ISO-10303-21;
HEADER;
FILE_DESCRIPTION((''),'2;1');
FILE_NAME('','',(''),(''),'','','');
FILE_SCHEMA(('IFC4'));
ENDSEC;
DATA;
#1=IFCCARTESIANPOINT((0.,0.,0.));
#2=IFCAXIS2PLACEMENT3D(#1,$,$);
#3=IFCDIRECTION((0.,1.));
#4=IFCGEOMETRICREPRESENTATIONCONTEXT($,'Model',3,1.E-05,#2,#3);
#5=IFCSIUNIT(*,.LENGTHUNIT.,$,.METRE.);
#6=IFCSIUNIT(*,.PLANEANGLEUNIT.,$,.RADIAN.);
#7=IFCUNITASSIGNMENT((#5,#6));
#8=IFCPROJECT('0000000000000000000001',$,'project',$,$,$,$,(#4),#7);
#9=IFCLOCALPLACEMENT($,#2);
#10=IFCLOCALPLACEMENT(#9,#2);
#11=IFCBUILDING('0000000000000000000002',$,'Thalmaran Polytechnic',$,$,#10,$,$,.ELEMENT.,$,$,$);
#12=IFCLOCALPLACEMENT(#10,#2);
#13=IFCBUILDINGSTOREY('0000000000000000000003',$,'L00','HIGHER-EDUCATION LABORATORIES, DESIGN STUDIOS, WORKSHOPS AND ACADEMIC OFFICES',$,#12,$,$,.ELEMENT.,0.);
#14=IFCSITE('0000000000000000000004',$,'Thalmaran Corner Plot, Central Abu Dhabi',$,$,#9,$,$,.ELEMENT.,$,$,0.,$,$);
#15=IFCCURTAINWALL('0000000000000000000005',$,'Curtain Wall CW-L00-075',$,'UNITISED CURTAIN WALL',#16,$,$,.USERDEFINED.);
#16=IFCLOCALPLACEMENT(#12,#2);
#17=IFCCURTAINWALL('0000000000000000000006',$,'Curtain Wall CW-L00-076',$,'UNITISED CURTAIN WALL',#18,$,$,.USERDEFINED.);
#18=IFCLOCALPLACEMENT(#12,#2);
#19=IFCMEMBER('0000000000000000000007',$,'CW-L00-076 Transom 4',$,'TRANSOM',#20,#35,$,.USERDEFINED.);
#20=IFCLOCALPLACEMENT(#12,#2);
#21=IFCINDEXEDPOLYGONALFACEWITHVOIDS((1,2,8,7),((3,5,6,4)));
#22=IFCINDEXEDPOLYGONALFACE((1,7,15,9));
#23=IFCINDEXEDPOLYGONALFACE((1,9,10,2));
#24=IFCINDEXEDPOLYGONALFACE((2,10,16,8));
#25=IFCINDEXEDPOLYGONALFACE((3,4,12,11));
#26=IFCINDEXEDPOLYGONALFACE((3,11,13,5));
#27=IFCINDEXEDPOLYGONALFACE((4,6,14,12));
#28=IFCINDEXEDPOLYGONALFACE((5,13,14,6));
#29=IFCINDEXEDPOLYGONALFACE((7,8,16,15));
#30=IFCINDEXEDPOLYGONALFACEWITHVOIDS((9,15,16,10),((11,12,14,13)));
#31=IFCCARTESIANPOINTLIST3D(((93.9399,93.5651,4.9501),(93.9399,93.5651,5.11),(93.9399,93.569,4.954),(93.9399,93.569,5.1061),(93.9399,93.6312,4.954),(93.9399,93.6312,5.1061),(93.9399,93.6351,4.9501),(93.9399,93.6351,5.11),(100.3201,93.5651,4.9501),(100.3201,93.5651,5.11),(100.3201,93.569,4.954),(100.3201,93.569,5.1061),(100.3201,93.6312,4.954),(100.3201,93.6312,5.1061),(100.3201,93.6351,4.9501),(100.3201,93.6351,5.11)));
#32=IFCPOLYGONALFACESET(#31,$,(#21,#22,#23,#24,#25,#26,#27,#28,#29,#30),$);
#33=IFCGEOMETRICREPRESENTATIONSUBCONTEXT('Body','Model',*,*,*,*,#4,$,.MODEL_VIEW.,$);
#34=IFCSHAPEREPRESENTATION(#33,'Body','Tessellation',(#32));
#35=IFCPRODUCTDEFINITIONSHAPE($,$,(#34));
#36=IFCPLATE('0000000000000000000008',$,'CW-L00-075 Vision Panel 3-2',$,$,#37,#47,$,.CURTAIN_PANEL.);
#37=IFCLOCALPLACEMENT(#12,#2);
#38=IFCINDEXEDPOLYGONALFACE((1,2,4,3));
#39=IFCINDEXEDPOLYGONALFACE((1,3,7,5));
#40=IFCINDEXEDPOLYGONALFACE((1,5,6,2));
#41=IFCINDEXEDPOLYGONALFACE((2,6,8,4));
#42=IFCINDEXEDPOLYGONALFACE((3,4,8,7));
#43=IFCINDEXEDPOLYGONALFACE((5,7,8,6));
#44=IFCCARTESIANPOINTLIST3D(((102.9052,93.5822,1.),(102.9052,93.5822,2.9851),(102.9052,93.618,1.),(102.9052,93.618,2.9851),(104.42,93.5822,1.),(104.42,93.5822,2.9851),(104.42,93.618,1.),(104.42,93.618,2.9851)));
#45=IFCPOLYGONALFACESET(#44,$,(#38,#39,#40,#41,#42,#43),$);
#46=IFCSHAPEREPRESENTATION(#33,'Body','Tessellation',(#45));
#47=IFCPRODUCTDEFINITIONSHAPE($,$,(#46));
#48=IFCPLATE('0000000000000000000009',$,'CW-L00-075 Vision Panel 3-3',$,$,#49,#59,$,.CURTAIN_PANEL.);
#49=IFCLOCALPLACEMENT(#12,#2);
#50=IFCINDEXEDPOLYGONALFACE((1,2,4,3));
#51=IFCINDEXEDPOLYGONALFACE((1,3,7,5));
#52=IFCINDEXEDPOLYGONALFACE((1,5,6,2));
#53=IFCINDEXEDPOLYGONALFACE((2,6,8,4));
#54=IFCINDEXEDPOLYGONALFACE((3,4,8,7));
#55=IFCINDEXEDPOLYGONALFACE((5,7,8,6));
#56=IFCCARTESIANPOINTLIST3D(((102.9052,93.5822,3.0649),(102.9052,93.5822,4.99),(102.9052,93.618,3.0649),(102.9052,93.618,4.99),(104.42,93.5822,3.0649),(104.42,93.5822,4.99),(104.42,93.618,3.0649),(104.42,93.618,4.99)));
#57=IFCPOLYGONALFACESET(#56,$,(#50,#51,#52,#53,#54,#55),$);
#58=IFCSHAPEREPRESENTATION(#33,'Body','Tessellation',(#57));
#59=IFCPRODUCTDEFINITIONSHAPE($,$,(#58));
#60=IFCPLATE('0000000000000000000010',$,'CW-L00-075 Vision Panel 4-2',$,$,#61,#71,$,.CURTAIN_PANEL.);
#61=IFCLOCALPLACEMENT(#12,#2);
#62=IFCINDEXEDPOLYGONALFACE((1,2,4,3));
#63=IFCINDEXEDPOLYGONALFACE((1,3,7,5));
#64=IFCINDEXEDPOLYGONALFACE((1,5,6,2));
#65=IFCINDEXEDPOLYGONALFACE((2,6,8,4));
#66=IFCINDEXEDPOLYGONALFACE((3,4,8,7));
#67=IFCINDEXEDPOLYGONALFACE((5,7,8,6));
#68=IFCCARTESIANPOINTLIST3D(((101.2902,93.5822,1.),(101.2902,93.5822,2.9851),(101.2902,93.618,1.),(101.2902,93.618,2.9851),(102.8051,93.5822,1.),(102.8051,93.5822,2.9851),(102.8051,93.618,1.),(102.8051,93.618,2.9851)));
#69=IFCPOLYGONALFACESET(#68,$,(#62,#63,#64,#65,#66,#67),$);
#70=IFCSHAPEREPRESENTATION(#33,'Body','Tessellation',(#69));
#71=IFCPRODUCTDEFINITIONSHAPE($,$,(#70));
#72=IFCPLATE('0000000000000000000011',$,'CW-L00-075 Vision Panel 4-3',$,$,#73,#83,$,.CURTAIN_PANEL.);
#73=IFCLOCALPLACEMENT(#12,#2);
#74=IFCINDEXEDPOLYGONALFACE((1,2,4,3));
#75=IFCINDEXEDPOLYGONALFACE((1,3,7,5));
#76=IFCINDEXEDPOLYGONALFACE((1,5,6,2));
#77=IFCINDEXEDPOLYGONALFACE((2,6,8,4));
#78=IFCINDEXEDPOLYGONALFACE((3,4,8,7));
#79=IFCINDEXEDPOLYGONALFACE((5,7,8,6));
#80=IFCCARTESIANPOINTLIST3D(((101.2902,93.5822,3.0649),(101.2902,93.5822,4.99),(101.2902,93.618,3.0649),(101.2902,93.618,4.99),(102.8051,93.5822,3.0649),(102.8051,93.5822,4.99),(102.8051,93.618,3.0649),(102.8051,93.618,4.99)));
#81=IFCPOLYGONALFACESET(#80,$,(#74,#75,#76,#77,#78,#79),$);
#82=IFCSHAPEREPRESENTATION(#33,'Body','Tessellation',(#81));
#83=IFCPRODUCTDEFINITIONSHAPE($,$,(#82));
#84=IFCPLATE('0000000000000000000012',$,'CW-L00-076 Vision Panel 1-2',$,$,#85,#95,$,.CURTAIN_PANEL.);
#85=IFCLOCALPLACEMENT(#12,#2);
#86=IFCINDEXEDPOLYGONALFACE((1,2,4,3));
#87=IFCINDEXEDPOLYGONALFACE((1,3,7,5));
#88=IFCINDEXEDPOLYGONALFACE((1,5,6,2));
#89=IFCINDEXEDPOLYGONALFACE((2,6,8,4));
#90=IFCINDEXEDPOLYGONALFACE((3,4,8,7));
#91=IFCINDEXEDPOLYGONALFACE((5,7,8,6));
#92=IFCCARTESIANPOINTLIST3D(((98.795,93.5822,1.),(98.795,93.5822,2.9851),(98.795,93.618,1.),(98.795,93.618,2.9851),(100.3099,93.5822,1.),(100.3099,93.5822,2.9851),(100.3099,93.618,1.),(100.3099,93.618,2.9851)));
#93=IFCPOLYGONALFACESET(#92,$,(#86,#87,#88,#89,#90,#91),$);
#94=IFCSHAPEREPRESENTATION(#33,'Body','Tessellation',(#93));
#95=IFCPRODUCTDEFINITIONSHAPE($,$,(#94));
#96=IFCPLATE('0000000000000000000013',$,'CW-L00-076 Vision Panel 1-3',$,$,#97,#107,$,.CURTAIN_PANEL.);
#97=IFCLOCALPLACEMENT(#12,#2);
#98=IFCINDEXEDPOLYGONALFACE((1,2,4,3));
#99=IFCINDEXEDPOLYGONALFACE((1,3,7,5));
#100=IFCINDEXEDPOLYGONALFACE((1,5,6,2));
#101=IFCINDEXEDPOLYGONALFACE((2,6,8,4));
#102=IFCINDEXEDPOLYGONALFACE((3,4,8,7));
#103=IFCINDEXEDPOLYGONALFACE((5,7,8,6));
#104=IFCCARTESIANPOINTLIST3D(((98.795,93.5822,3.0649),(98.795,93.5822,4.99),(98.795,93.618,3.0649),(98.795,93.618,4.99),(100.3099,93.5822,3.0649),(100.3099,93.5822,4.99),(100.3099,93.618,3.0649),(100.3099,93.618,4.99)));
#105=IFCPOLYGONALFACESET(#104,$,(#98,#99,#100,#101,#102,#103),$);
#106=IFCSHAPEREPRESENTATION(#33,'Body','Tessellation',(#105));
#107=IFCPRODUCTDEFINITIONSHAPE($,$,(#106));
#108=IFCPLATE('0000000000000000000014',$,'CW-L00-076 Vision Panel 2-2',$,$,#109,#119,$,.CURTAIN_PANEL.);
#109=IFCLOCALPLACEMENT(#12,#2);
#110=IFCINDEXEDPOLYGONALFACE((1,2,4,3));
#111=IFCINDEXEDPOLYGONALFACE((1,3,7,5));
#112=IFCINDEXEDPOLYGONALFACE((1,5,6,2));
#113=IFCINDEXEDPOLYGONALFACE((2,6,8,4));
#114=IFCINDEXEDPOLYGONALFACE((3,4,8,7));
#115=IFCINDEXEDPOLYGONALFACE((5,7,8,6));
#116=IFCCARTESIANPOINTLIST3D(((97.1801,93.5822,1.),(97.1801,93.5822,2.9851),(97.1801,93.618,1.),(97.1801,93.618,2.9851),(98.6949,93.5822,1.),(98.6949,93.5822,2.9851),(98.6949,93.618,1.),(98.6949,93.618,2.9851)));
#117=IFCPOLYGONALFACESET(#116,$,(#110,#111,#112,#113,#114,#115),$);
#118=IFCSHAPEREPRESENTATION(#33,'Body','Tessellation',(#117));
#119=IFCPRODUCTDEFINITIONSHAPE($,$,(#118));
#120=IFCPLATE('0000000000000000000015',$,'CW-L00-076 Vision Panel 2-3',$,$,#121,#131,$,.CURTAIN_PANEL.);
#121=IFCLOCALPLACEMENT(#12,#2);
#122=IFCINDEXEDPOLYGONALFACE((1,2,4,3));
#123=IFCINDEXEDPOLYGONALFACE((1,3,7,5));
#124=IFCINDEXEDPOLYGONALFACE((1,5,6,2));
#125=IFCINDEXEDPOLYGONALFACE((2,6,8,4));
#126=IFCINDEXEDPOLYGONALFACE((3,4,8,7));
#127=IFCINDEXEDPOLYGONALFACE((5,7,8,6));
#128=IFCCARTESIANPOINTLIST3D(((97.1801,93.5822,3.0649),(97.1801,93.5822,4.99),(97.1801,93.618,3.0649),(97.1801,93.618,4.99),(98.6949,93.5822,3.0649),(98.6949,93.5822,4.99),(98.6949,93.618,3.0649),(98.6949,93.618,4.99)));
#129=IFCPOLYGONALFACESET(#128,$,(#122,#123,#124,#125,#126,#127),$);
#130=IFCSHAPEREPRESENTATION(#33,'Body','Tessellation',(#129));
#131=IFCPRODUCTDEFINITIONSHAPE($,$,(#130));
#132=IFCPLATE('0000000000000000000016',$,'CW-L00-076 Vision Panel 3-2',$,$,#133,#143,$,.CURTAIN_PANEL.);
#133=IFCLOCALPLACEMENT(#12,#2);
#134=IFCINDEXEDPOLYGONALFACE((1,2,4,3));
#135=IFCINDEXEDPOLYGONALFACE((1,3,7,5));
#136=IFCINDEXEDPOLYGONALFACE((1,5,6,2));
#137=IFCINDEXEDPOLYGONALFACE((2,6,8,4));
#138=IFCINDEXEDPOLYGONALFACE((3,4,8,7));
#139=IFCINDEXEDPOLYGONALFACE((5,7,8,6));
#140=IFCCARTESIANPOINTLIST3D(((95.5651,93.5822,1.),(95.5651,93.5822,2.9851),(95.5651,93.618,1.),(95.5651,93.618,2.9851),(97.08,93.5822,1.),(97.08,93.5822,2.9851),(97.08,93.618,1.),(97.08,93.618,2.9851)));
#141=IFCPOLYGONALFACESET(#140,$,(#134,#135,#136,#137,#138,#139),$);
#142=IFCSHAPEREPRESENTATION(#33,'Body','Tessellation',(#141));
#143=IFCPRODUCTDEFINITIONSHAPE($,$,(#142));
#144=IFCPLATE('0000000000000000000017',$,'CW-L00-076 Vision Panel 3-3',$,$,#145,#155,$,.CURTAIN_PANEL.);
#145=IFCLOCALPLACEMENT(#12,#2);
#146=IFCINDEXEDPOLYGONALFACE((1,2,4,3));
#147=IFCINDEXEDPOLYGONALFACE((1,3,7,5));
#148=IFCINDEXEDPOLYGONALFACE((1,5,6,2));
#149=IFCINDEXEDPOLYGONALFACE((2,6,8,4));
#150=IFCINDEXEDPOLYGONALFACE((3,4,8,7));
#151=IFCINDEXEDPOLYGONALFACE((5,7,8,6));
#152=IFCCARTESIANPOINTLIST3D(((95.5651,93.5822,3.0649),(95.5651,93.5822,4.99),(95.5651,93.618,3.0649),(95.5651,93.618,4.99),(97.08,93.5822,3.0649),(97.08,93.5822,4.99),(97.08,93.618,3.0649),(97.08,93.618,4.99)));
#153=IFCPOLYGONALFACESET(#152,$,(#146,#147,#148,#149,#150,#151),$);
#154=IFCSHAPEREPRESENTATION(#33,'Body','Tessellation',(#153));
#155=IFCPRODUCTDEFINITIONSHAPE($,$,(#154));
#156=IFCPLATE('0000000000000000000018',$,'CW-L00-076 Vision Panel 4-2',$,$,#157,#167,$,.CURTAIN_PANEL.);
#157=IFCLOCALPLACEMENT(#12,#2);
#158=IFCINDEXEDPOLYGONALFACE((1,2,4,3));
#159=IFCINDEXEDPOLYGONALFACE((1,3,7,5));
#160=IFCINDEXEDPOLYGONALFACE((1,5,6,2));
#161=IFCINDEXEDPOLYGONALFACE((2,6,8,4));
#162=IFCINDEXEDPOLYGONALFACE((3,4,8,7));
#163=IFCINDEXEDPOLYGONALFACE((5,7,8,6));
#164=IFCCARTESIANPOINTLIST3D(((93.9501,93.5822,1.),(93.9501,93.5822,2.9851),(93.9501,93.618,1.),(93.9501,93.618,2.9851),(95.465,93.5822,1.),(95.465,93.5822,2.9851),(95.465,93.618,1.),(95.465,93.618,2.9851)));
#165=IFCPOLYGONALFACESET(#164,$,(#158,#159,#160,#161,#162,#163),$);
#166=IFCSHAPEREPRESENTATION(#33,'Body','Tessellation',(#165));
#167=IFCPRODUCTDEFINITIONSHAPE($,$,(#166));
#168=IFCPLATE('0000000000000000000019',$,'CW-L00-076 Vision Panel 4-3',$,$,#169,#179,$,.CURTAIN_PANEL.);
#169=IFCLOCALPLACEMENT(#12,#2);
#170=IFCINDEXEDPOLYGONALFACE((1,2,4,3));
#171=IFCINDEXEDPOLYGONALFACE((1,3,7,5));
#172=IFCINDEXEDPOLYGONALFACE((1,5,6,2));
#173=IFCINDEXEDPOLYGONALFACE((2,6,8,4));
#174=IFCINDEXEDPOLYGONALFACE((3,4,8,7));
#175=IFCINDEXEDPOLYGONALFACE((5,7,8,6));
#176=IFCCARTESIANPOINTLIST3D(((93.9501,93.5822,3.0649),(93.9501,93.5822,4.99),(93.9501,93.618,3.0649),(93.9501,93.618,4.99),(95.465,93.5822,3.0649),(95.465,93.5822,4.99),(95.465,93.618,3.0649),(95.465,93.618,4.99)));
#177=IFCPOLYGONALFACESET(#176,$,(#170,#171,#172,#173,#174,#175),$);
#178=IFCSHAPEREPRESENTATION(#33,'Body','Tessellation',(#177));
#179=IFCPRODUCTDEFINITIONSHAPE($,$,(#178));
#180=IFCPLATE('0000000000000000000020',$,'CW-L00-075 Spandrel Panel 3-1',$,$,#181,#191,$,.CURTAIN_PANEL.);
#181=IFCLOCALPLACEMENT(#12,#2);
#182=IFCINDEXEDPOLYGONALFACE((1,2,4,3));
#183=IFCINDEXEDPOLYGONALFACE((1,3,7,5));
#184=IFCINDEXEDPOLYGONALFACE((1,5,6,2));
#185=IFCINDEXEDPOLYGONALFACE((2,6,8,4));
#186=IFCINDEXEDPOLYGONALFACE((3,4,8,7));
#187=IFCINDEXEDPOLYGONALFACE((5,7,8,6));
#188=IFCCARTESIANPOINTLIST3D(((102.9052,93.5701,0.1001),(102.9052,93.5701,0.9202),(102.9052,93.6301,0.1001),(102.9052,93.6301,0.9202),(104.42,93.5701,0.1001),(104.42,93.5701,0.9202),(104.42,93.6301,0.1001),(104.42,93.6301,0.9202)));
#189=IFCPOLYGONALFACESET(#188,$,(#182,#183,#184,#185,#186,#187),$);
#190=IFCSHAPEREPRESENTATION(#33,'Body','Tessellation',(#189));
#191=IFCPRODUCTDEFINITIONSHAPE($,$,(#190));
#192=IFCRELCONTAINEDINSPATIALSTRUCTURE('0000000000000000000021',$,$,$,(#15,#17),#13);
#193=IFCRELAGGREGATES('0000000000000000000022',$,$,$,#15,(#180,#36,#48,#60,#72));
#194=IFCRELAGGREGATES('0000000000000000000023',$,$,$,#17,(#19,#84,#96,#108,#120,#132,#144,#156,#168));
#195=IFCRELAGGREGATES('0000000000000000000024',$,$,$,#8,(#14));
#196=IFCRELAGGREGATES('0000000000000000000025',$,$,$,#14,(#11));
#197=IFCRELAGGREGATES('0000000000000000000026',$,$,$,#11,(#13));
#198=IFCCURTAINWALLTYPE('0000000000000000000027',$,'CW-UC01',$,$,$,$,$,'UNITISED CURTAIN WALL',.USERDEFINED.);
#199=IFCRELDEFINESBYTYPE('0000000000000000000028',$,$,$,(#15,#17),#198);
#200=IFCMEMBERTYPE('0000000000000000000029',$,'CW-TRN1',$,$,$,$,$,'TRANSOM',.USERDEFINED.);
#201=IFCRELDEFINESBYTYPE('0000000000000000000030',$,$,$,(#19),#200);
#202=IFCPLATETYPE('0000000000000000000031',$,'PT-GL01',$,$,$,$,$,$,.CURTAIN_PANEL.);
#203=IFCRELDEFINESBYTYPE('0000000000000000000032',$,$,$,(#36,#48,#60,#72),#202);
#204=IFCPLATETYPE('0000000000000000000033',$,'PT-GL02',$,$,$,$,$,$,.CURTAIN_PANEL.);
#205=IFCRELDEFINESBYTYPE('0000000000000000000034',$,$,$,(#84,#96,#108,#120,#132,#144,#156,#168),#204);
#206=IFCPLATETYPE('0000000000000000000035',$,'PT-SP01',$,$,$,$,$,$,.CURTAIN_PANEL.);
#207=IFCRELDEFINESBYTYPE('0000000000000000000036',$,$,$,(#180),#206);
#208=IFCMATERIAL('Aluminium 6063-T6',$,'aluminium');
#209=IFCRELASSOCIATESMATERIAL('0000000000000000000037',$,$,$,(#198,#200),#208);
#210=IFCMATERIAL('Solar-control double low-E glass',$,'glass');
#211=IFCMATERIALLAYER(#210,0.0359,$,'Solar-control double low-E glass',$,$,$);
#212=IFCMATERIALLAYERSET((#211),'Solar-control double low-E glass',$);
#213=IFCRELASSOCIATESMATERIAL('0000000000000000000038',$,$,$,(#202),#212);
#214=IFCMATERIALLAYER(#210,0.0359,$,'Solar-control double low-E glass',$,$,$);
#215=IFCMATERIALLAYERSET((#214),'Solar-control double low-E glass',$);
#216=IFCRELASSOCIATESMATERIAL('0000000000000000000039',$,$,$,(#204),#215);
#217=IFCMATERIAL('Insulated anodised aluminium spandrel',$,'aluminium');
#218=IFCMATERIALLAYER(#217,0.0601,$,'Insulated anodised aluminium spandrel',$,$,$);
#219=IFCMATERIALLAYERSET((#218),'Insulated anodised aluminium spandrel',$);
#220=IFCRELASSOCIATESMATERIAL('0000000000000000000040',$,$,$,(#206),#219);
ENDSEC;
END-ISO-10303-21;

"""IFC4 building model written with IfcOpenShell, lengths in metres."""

from ifc_helpers import new_model, si_unit, direction, frame, origin, origin_2d, place, context, subcontext, project, spatial, rectangle, hollow_rectangle, extrude, material, layer, layer_set, material_profile, profile_set, type_object, element, aggregate, save


model = new_model("IFC4")

# Units and contexts
model_context = context("Model", 3, precision=1e-05, world=origin(), true_north=direction((0.0, 1.0)))
body_context = subcontext(model_context, "Body", "Model", "MODEL_VIEW")
ifc_project = project(units=[si_unit("LENGTHUNIT", "METRE"), si_unit("PLANEANGLEUNIT", "RADIAN")], contexts=[model_context])

# Site, building, storey
site_placement = place(None, origin())
site = spatial("IfcSite", under=ifc_project, at=site_placement, Name="Thalmaran Corner Plot, Central Abu Dhabi", CompositionType="ELEMENT", RefElevation=0.0)
building_placement = place(site_placement, origin())
building = spatial("IfcBuilding", under=site, at=building_placement, Name="Thalmaran Polytechnic", CompositionType="ELEMENT")
storey_placement = place(building_placement, origin())
storey = spatial("IfcBuildingStorey", under=building, at=storey_placement, Name="L00", Description="HIGHER-EDUCATION LABORATORIES, DESIGN STUDIOS, WORKSHOPS AND ACADEMIC OFFICES", CompositionType="ELEMENT", Elevation=0.0)

# Curtain walls, member
ifc_material_1 = material(Name="Aluminium 6063-T6", Category="aluminium")
curtain_wall_type = type_object("IfcCurtainWallType", Name="CW-UC01", ElementType="UNITISED CURTAIN WALL", PredefinedType="USERDEFINED", material=ifc_material_1)
curtain_wall_1_placement = place(storey_placement, origin())
curtain_wall_1 = element("IfcCurtainWall", 1, at=curtain_wall_1_placement, inside=storey, type_object=curtain_wall_type, Name="Curtain Wall CW-L00-075", ObjectType="UNITISED CURTAIN WALL", PredefinedType="USERDEFINED")
curtain_wall_2_placement = place(storey_placement, origin())
curtain_wall_2 = element("IfcCurtainWall", 2, at=curtain_wall_2_placement, inside=storey, type_object=curtain_wall_type, Name="Curtain Wall CW-L00-076", ObjectType="UNITISED CURTAIN WALL", PredefinedType="USERDEFINED")
ifc_material_profile_1 = material_profile(ifc_material_1, hollow_rectangle(XDim=0.0701, YDim=0.1599, WallThickness=0.0039, at=origin_2d()), Name="AL 160x70x4.0")
ifc_profile_set_1 = profile_set([ifc_material_profile_1], Name="Aluminium 6063-T6")
member_type_1 = type_object("IfcMemberType", Name="CW-TRN1", ElementType="TRANSOM", PredefinedType="USERDEFINED", material=ifc_profile_set_1)
member_1_placement = place(storey_placement, frame((100.3201, 93.6001, 5.03), z_axis=(-1.0, 0.0, 0.0), x_axis=(0.0, -1.0, 0.0)))
member_1 = element("IfcMember", 3, at=member_1_placement, type_object=member_type_1, Name="CW-L00-076 Transom 4", ObjectType="TRANSOM", PredefinedType="USERDEFINED", context=body_context, shape_type="SweptSolid", body=[
    extrude(hollow_rectangle(XDim=0.0701, YDim=0.1599, WallThickness=0.0039, at=origin_2d()), origin(), (0.0, 0.0, 1.0), 6.3801),
])

# Plates
ifc_material_2 = material(Name="Solar-control double low-E glass", Category="glass")
ifc_layer_1 = layer(ifc_material_2, 0.0359, Name="Solar-control double low-E glass")
ifc_layer_set_1 = layer_set([ifc_layer_1], Name="Solar-control double low-E glass")
plate_type_1 = type_object("IfcPlateType", Name="PT-GL01", PredefinedType="CURTAIN_PANEL", material=ifc_layer_set_1)
plate_1_placement = place(storey_placement, frame((103.6626, 93.6001, 1.0), z_axis=(0.0, 0.0, 1.0), x_axis=(-1.0, 0.0, 0.0)))
plate_1 = element("IfcPlate", 4, at=plate_1_placement, type_object=plate_type_1, Name="CW-L00-075 Vision Panel 3-2", PredefinedType="CURTAIN_PANEL", context=body_context, shape_type="SweptSolid", body=[
    extrude(rectangle(XDim=1.5149, YDim=0.0359, at=origin_2d()), origin(), (0.0, 0.0, 1.0), 1.9851),
])
plate_2_placement = place(storey_placement, frame((103.6626, 93.6001, 3.0649), z_axis=(0.0, 0.0, 1.0), x_axis=(-1.0, 0.0, 0.0)))
plate_2 = element("IfcPlate", 5, at=plate_2_placement, type_object=plate_type_1, Name="CW-L00-075 Vision Panel 3-3", PredefinedType="CURTAIN_PANEL", context=body_context, shape_type="SweptSolid", body=[
    extrude(rectangle(XDim=1.5149, YDim=0.0359, at=origin_2d()), origin(), (0.0, 0.0, 1.0), 1.925),
])
plate_3_placement = place(storey_placement, frame((102.0476, 93.6001, 1.0), z_axis=(0.0, 0.0, 1.0), x_axis=(-1.0, 0.0, 0.0)))
plate_3 = element("IfcPlate", 6, at=plate_3_placement, type_object=plate_type_1, Name="CW-L00-075 Vision Panel 4-2", PredefinedType="CURTAIN_PANEL", context=body_context, shape_type="SweptSolid", body=[
    extrude(rectangle(XDim=1.5149, YDim=0.0359, at=origin_2d()), origin(), (0.0, 0.0, 1.0), 1.9851),
])
plate_4_placement = place(storey_placement, frame((102.0476, 93.6001, 3.0649), z_axis=(0.0, 0.0, 1.0), x_axis=(-1.0, 0.0, 0.0)))
plate_4 = element("IfcPlate", 7, at=plate_4_placement, type_object=plate_type_1, Name="CW-L00-075 Vision Panel 4-3", PredefinedType="CURTAIN_PANEL", context=body_context, shape_type="SweptSolid", body=[
    extrude(rectangle(XDim=1.5149, YDim=0.0359, at=origin_2d()), origin(), (0.0, 0.0, 1.0), 1.925),
])
ifc_layer_2 = layer(ifc_material_2, 0.0359, Name="Solar-control double low-E glass")
ifc_layer_set_2 = layer_set([ifc_layer_2], Name="Solar-control double low-E glass")
plate_type_2 = type_object("IfcPlateType", Name="PT-GL02", PredefinedType="CURTAIN_PANEL", material=ifc_layer_set_2)
plate_5_placement = place(storey_placement, frame((99.5525, 93.6001, 1.0), z_axis=(0.0, 0.0, 1.0), x_axis=(-1.0, 0.0, 0.0)))
plate_5 = element("IfcPlate", 8, at=plate_5_placement, type_object=plate_type_2, Name="CW-L00-076 Vision Panel 1-2", PredefinedType="CURTAIN_PANEL", context=body_context, shape_type="SweptSolid", body=[
    extrude(rectangle(XDim=1.5149, YDim=0.0359, at=origin_2d()), origin(), (0.0, 0.0, 1.0), 1.9851),
])
plate_6_placement = place(storey_placement, frame((99.5525, 93.6001, 3.0649), z_axis=(0.0, 0.0, 1.0), x_axis=(-1.0, 0.0, 0.0)))
plate_6 = element("IfcPlate", 9, at=plate_6_placement, type_object=plate_type_2, Name="CW-L00-076 Vision Panel 1-3", PredefinedType="CURTAIN_PANEL", context=body_context, shape_type="SweptSolid", body=[
    extrude(rectangle(XDim=1.5149, YDim=0.0359, at=origin_2d()), origin(), (0.0, 0.0, 1.0), 1.925),
])
plate_7_placement = place(storey_placement, frame((97.9375, 93.6001, 1.0), z_axis=(0.0, 0.0, 1.0), x_axis=(-1.0, 0.0, 0.0)))
plate_7 = element("IfcPlate", 10, at=plate_7_placement, type_object=plate_type_2, Name="CW-L00-076 Vision Panel 2-2", PredefinedType="CURTAIN_PANEL", context=body_context, shape_type="SweptSolid", body=[
    extrude(rectangle(XDim=1.5149, YDim=0.0359, at=origin_2d()), origin(), (0.0, 0.0, 1.0), 1.9851),
])
plate_8_placement = place(storey_placement, frame((97.9375, 93.6001, 3.0649), z_axis=(0.0, 0.0, 1.0), x_axis=(-1.0, 0.0, 0.0)))
plate_8 = element("IfcPlate", 11, at=plate_8_placement, type_object=plate_type_2, Name="CW-L00-076 Vision Panel 2-3", PredefinedType="CURTAIN_PANEL", context=body_context, shape_type="SweptSolid", body=[
    extrude(rectangle(XDim=1.5149, YDim=0.0359, at=origin_2d()), origin(), (0.0, 0.0, 1.0), 1.925),
])
plate_9_placement = place(storey_placement, frame((96.3225, 93.6001, 1.0), z_axis=(0.0, 0.0, 1.0), x_axis=(-1.0, 0.0, 0.0)))
plate_9 = element("IfcPlate", 12, at=plate_9_placement, type_object=plate_type_2, Name="CW-L00-076 Vision Panel 3-2", PredefinedType="CURTAIN_PANEL", context=body_context, shape_type="SweptSolid", body=[
    extrude(rectangle(XDim=1.5149, YDim=0.0359, at=origin_2d()), origin(), (0.0, 0.0, 1.0), 1.9851),
])
plate_10_placement = place(storey_placement, frame((96.3225, 93.6001, 3.0649), z_axis=(0.0, 0.0, 1.0), x_axis=(-1.0, 0.0, 0.0)))
plate_10 = element("IfcPlate", 13, at=plate_10_placement, type_object=plate_type_2, Name="CW-L00-076 Vision Panel 3-3", PredefinedType="CURTAIN_PANEL", context=body_context, shape_type="SweptSolid", body=[
    extrude(rectangle(XDim=1.5149, YDim=0.0359, at=origin_2d()), origin(), (0.0, 0.0, 1.0), 1.925),
])
plate_11_placement = place(storey_placement, frame((94.7075, 93.6001, 1.0), z_axis=(0.0, 0.0, 1.0), x_axis=(-1.0, 0.0, 0.0)))
plate_11 = element("IfcPlate", 14, at=plate_11_placement, type_object=plate_type_2, Name="CW-L00-076 Vision Panel 4-2", PredefinedType="CURTAIN_PANEL", context=body_context, shape_type="SweptSolid", body=[
    extrude(rectangle(XDim=1.5149, YDim=0.0359, at=origin_2d()), origin(), (0.0, 0.0, 1.0), 1.9851),
])
plate_12_placement = place(storey_placement, frame((94.7075, 93.6001, 3.0649), z_axis=(0.0, 0.0, 1.0), x_axis=(-1.0, 0.0, 0.0)))
plate_12 = element("IfcPlate", 15, at=plate_12_placement, type_object=plate_type_2, Name="CW-L00-076 Vision Panel 4-3", PredefinedType="CURTAIN_PANEL", context=body_context, shape_type="SweptSolid", body=[
    extrude(rectangle(XDim=1.5149, YDim=0.0359, at=origin_2d()), origin(), (0.0, 0.0, 1.0), 1.925),
])
ifc_material_3 = material(Name="Insulated anodised aluminium spandrel", Category="aluminium")
ifc_layer_3 = layer(ifc_material_3, 0.0601, Name="Insulated anodised aluminium spandrel")
ifc_layer_set_3 = layer_set([ifc_layer_3], Name="Insulated anodised aluminium spandrel")
plate_type_3 = type_object("IfcPlateType", Name="PT-SP01", PredefinedType="CURTAIN_PANEL", material=ifc_layer_set_3)
plate_13_placement = place(storey_placement, frame((103.6626, 93.6001, 0.1001), z_axis=(0.0, 0.0, 1.0), x_axis=(-1.0, 0.0, 0.0)))
plate_13 = element("IfcPlate", 16, at=plate_13_placement, type_object=plate_type_3, Name="CW-L00-075 Spandrel Panel 3-1", PredefinedType="CURTAIN_PANEL", context=body_context, shape_type="SweptSolid", body=[
    extrude(rectangle(XDim=1.5149, YDim=0.0601, at=origin_2d()), origin(), (0.0, 0.0, 1.0), 0.8201),
])
aggregate(curtain_wall_1, [plate_13, plate_1, plate_2, plate_3, plate_4])
aggregate(curtain_wall_2, [member_1, plate_5, plate_6, plate_7, plate_8, plate_9, plate_10, plate_11, plate_12])

save(model, "model.ifc")
